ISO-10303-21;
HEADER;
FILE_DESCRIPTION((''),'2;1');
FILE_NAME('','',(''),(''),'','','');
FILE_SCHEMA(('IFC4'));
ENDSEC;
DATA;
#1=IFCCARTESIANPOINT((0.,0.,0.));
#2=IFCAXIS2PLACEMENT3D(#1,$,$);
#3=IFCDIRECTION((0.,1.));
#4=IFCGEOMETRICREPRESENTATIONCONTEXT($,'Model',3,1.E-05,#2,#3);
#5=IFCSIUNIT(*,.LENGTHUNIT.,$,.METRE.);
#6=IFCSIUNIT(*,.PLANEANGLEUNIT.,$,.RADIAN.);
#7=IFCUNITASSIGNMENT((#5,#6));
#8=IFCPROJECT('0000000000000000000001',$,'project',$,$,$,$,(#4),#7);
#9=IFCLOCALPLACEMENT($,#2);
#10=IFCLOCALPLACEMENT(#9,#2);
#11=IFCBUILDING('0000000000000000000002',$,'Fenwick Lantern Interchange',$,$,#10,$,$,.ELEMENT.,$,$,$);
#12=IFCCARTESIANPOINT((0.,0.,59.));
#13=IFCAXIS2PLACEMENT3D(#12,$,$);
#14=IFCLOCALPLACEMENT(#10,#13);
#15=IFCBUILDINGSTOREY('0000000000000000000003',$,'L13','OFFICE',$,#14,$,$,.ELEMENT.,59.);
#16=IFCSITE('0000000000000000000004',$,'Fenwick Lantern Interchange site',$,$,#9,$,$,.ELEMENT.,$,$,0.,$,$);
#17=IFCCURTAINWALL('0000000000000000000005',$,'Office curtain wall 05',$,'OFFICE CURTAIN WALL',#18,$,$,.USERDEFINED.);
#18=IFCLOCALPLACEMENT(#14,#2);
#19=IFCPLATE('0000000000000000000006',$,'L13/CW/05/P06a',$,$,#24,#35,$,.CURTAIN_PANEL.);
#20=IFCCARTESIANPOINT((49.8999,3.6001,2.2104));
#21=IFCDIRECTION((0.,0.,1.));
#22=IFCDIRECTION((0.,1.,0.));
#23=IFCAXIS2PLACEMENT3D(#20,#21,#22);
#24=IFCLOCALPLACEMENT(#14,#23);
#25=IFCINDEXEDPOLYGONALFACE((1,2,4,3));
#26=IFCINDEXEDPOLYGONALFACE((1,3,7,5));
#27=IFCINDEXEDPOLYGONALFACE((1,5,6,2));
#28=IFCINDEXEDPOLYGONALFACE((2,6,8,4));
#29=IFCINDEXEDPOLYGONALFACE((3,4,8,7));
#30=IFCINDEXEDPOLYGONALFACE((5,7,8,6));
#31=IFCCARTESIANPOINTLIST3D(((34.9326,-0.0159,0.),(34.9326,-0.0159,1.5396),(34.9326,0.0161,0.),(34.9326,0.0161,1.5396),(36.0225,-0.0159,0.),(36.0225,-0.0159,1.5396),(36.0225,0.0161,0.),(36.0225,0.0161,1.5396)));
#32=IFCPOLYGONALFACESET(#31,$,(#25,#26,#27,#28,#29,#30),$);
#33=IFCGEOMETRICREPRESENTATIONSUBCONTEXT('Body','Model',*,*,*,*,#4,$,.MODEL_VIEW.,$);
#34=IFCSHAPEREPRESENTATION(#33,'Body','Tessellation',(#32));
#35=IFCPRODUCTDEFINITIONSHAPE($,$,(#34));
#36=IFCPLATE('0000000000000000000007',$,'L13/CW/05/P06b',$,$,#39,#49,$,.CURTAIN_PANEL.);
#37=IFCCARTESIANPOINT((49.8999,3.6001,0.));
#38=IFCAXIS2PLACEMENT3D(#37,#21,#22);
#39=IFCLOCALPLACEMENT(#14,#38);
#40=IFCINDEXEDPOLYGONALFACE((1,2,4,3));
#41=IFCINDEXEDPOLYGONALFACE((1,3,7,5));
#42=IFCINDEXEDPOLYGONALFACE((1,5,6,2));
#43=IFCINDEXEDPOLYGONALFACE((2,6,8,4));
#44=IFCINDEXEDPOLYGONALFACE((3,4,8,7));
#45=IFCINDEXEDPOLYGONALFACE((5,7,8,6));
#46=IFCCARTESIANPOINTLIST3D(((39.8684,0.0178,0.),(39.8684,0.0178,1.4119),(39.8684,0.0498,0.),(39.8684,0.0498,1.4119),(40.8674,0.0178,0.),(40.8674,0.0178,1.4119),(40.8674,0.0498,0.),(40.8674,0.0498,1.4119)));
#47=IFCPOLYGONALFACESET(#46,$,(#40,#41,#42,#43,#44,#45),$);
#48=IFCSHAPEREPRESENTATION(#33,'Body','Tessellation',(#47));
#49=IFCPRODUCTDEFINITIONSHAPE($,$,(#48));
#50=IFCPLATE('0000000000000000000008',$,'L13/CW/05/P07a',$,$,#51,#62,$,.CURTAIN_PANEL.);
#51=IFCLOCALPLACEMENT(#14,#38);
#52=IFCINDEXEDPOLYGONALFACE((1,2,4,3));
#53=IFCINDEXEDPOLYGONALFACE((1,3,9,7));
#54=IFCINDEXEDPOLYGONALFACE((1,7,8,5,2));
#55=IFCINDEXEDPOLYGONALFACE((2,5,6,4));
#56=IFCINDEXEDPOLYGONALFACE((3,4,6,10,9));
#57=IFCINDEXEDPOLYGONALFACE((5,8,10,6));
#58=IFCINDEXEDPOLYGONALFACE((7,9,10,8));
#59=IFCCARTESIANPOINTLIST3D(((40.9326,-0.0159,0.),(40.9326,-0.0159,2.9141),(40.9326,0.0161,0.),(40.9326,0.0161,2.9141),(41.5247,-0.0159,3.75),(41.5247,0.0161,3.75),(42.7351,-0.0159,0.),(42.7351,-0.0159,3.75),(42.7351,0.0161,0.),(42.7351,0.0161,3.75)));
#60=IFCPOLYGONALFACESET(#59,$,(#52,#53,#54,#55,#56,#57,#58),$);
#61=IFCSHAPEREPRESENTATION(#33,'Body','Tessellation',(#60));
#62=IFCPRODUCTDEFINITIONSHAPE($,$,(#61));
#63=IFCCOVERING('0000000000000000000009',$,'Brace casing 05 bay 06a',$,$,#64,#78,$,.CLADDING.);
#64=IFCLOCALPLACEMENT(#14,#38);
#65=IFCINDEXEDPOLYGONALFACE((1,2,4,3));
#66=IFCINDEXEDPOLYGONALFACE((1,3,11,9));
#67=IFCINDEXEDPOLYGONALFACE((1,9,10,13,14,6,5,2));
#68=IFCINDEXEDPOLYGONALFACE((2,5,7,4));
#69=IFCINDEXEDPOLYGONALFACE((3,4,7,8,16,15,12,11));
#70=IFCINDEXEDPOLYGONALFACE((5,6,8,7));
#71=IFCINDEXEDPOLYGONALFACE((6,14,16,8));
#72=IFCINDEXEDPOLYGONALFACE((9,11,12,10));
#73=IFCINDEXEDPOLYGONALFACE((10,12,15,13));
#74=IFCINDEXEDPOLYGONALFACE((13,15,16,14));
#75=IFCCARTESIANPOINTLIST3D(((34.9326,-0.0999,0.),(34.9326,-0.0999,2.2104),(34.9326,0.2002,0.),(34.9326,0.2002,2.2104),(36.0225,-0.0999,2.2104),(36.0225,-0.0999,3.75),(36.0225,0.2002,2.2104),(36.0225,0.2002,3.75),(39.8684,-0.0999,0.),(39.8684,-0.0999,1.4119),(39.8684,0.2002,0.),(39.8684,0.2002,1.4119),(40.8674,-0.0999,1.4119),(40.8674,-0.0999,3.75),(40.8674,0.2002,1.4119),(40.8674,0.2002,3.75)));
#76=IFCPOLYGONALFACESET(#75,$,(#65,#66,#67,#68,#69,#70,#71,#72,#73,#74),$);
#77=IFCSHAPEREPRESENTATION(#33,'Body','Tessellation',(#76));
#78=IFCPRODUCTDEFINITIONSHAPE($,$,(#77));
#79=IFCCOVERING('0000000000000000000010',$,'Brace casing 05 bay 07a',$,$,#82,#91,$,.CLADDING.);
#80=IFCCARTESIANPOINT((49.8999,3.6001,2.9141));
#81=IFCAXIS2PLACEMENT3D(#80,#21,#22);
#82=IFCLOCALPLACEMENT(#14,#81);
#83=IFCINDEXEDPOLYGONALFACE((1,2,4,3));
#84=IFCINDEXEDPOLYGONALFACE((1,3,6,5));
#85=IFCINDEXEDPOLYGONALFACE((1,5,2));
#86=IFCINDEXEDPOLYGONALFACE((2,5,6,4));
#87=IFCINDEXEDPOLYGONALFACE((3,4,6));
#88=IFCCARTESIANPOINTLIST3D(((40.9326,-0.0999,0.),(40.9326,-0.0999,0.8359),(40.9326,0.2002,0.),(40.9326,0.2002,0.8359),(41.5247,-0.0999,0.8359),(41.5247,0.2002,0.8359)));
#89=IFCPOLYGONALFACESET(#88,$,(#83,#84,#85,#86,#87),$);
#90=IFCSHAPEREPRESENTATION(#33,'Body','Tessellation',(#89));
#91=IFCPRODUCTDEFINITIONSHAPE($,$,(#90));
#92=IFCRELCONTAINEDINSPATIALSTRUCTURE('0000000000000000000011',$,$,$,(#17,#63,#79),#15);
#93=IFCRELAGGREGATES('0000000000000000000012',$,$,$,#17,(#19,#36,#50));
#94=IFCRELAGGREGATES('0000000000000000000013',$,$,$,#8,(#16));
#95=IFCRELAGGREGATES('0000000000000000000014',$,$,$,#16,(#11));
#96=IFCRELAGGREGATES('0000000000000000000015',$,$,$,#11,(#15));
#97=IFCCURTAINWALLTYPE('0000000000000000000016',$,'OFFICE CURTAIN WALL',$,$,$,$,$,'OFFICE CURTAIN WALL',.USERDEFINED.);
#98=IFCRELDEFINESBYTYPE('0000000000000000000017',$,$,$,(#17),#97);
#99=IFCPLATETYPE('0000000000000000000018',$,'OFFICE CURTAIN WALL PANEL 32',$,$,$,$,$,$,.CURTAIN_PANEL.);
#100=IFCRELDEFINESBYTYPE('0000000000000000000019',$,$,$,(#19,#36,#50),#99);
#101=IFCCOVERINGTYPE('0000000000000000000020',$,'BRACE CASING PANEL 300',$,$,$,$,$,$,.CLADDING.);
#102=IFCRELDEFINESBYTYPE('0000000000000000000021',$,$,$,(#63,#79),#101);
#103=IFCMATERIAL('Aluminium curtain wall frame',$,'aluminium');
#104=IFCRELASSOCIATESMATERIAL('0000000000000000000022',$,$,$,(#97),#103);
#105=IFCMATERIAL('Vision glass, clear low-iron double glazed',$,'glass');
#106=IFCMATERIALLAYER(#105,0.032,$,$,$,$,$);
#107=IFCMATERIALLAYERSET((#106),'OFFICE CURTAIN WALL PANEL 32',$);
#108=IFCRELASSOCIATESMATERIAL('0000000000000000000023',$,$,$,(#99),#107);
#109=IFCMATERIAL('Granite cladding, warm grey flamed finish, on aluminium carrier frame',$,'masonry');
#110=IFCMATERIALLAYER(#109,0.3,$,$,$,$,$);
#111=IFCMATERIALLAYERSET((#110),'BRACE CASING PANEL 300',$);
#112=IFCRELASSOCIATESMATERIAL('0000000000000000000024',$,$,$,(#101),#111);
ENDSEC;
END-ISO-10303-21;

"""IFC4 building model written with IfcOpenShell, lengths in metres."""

from ifc_helpers import new_model, si_unit, direction, frame, origin, place, context, subcontext, project, spatial, polyline, outline, extrude, material, layer, layer_set, type_object, element, aggregate, save


model = new_model("IFC4")

# Units and contexts
model_context = context("Model", 3, precision=1e-05, world=origin(), true_north=direction((0.0, 1.0)))
body_context = subcontext(model_context, "Body", "Model", "MODEL_VIEW")
ifc_project = project(units=[si_unit("LENGTHUNIT", "METRE"), si_unit("PLANEANGLEUNIT", "RADIAN")], contexts=[model_context])

# Site, building, storey
site_placement = place(None, origin())
site = spatial("IfcSite", under=ifc_project, at=site_placement, Name="Fenwick Lantern Interchange site", CompositionType="ELEMENT", RefElevation=0.0)
building_placement = place(site_placement, origin())
building = spatial("IfcBuilding", under=site, at=building_placement, Name="Fenwick Lantern Interchange", CompositionType="ELEMENT")
storey_placement = place(building_placement, frame((0.0, 0.0, 59.0)))
storey = spatial("IfcBuildingStorey", under=building, at=storey_placement, Name="L13", Description="OFFICE", CompositionType="ELEMENT", Elevation=59.0)

# Curtain wall, plates
ifc_material_1 = material(Name="Aluminium curtain wall frame", Category="aluminium")
curtain_wall_type = type_object("IfcCurtainWallType", Name="OFFICE CURTAIN WALL", ElementType="OFFICE CURTAIN WALL", PredefinedType="USERDEFINED", material=ifc_material_1)
curtain_wall_placement = place(storey_placement, origin())
curtain_wall = element("IfcCurtainWall", 1, at=curtain_wall_placement, inside=storey, type_object=curtain_wall_type, Name="Office curtain wall 05", ObjectType="OFFICE CURTAIN WALL", PredefinedType="USERDEFINED")
ifc_material_2 = material(Name="Vision glass, clear low-iron double glazed", Category="glass")
ifc_layer_1 = layer(ifc_material_2, 0.032)
ifc_layer_set_1 = layer_set([ifc_layer_1], Name="OFFICE CURTAIN WALL PANEL 32")
plate_type = type_object("IfcPlateType", Name="OFFICE CURTAIN WALL PANEL 32", PredefinedType="CURTAIN_PANEL", material=ifc_layer_set_1)
plate_1_placement = place(storey_placement, frame((49.8999, 3.6001, 2.2104), z_axis=(0.0, 0.0, 1.0), x_axis=(0.0, 1.0, 0.0)))
plate_1 = element("IfcPlate", 2, at=plate_1_placement, type_object=plate_type, Name="L13/CW/05/P06a", PredefinedType="CURTAIN_PANEL", context=body_context, shape_type="SweptSolid", body=[
    extrude(outline(polyline([(34.9326, 0.0), (36.0225, 0.0), (36.0225, 1.5396), (34.9326, 1.5396), (34.9326, 0.0)])), frame((0.0, 0.0161, 0.0), z_axis=(0.0, -1.0, 0.0), x_axis=(1.0, 0.0, 0.0)), (0.0, 0.0, 1.0), 0.032),
])
plate_2_placement = place(storey_placement, frame((49.8999, 3.6001, 0.0), z_axis=(0.0, 0.0, 1.0), x_axis=(0.0, 1.0, 0.0)))
plate_2 = element("IfcPlate", 3, at=plate_2_placement, type_object=plate_type, Name="L13/CW/05/P06b", PredefinedType="CURTAIN_PANEL", context=body_context, shape_type="SweptSolid", body=[
    extrude(outline(polyline([(39.8684, 0.0), (40.8674, 0.0), (40.8674, 1.4119), (39.8684, 1.4119), (39.8684, 0.0)])), frame((0.0, 0.0498, 0.0), z_axis=(0.0, -1.0, 0.0), x_axis=(1.0, 0.0, 0.0)), (0.0, 0.0, 1.0), 0.032),
])
plate_3_placement = place(storey_placement, frame((49.8999, 3.6001, 0.0), z_axis=(0.0, 0.0, 1.0), x_axis=(0.0, 1.0, 0.0)))
plate_3 = element("IfcPlate", 4, at=plate_3_placement, type_object=plate_type, Name="L13/CW/05/P07a", PredefinedType="CURTAIN_PANEL", context=body_context, shape_type="SweptSolid", body=[
    extrude(outline(polyline([(40.9326, 0.0), (42.7351, 0.0), (42.7351, 3.75), (41.5247, 3.75), (40.9326, 2.9141), (40.9326, 0.0)])), frame((0.0, 0.0161, 0.0), z_axis=(0.0, -1.0, 0.0), x_axis=(1.0, 0.0, 0.0)), (0.0, 0.0, 1.0), 0.032),
])
aggregate(curtain_wall, [plate_1, plate_2, plate_3])

# Coverings
ifc_material_3 = material(Name="Granite cladding, warm grey flamed finish, on aluminium carrier frame", Category="masonry")
ifc_layer_2 = layer(ifc_material_3, 0.3)
ifc_layer_set_2 = layer_set([ifc_layer_2], Name="BRACE CASING PANEL 300")
covering_type = type_object("IfcCoveringType", Name="BRACE CASING PANEL 300", PredefinedType="CLADDING", material=ifc_layer_set_2)
covering_1_placement = place(storey_placement, frame((49.8999, 3.6001, 0.0), z_axis=(0.0, 0.0, 1.0), x_axis=(0.0, 1.0, 0.0)))
element("IfcCovering", 5, at=covering_1_placement, inside=storey, type_object=covering_type, Name="Brace casing 05 bay 06a", PredefinedType="CLADDING", context=body_context, shape_type="SweptSolid", body=[
    extrude(outline(polyline([(34.9326, 0.0), (39.8684, 0.0), (39.8684, 1.4119), (40.8674, 1.4119), (40.8674, 3.75), (36.0225, 3.75), (36.0225, 2.2104), (34.9326, 2.2104), (34.9326, 0.0)])), frame((0.0, 0.2002, 0.0), z_axis=(0.0, -1.0, 0.0), x_axis=(1.0, 0.0, 0.0)), (0.0, 0.0, 1.0), 0.3),
])
covering_2_placement = place(storey_placement, frame((49.8999, 3.6001, 2.9141), z_axis=(0.0, 0.0, 1.0), x_axis=(0.0, 1.0, 0.0)))
element("IfcCovering", 6, at=covering_2_placement, inside=storey, type_object=covering_type, Name="Brace casing 05 bay 07a", PredefinedType="CLADDING", context=body_context, shape_type="SweptSolid", body=[
    extrude(outline(polyline([(40.9326, 0.0), (41.5247, 0.8359), (40.9326, 0.8359), (40.9326, 0.0)])), frame((0.0, 0.2002, 0.0), z_axis=(0.0, -1.0, 0.0), x_axis=(1.0, 0.0, 0.0)), (0.0, 0.0, 1.0), 0.3),
])

save(model, "model.ifc")
